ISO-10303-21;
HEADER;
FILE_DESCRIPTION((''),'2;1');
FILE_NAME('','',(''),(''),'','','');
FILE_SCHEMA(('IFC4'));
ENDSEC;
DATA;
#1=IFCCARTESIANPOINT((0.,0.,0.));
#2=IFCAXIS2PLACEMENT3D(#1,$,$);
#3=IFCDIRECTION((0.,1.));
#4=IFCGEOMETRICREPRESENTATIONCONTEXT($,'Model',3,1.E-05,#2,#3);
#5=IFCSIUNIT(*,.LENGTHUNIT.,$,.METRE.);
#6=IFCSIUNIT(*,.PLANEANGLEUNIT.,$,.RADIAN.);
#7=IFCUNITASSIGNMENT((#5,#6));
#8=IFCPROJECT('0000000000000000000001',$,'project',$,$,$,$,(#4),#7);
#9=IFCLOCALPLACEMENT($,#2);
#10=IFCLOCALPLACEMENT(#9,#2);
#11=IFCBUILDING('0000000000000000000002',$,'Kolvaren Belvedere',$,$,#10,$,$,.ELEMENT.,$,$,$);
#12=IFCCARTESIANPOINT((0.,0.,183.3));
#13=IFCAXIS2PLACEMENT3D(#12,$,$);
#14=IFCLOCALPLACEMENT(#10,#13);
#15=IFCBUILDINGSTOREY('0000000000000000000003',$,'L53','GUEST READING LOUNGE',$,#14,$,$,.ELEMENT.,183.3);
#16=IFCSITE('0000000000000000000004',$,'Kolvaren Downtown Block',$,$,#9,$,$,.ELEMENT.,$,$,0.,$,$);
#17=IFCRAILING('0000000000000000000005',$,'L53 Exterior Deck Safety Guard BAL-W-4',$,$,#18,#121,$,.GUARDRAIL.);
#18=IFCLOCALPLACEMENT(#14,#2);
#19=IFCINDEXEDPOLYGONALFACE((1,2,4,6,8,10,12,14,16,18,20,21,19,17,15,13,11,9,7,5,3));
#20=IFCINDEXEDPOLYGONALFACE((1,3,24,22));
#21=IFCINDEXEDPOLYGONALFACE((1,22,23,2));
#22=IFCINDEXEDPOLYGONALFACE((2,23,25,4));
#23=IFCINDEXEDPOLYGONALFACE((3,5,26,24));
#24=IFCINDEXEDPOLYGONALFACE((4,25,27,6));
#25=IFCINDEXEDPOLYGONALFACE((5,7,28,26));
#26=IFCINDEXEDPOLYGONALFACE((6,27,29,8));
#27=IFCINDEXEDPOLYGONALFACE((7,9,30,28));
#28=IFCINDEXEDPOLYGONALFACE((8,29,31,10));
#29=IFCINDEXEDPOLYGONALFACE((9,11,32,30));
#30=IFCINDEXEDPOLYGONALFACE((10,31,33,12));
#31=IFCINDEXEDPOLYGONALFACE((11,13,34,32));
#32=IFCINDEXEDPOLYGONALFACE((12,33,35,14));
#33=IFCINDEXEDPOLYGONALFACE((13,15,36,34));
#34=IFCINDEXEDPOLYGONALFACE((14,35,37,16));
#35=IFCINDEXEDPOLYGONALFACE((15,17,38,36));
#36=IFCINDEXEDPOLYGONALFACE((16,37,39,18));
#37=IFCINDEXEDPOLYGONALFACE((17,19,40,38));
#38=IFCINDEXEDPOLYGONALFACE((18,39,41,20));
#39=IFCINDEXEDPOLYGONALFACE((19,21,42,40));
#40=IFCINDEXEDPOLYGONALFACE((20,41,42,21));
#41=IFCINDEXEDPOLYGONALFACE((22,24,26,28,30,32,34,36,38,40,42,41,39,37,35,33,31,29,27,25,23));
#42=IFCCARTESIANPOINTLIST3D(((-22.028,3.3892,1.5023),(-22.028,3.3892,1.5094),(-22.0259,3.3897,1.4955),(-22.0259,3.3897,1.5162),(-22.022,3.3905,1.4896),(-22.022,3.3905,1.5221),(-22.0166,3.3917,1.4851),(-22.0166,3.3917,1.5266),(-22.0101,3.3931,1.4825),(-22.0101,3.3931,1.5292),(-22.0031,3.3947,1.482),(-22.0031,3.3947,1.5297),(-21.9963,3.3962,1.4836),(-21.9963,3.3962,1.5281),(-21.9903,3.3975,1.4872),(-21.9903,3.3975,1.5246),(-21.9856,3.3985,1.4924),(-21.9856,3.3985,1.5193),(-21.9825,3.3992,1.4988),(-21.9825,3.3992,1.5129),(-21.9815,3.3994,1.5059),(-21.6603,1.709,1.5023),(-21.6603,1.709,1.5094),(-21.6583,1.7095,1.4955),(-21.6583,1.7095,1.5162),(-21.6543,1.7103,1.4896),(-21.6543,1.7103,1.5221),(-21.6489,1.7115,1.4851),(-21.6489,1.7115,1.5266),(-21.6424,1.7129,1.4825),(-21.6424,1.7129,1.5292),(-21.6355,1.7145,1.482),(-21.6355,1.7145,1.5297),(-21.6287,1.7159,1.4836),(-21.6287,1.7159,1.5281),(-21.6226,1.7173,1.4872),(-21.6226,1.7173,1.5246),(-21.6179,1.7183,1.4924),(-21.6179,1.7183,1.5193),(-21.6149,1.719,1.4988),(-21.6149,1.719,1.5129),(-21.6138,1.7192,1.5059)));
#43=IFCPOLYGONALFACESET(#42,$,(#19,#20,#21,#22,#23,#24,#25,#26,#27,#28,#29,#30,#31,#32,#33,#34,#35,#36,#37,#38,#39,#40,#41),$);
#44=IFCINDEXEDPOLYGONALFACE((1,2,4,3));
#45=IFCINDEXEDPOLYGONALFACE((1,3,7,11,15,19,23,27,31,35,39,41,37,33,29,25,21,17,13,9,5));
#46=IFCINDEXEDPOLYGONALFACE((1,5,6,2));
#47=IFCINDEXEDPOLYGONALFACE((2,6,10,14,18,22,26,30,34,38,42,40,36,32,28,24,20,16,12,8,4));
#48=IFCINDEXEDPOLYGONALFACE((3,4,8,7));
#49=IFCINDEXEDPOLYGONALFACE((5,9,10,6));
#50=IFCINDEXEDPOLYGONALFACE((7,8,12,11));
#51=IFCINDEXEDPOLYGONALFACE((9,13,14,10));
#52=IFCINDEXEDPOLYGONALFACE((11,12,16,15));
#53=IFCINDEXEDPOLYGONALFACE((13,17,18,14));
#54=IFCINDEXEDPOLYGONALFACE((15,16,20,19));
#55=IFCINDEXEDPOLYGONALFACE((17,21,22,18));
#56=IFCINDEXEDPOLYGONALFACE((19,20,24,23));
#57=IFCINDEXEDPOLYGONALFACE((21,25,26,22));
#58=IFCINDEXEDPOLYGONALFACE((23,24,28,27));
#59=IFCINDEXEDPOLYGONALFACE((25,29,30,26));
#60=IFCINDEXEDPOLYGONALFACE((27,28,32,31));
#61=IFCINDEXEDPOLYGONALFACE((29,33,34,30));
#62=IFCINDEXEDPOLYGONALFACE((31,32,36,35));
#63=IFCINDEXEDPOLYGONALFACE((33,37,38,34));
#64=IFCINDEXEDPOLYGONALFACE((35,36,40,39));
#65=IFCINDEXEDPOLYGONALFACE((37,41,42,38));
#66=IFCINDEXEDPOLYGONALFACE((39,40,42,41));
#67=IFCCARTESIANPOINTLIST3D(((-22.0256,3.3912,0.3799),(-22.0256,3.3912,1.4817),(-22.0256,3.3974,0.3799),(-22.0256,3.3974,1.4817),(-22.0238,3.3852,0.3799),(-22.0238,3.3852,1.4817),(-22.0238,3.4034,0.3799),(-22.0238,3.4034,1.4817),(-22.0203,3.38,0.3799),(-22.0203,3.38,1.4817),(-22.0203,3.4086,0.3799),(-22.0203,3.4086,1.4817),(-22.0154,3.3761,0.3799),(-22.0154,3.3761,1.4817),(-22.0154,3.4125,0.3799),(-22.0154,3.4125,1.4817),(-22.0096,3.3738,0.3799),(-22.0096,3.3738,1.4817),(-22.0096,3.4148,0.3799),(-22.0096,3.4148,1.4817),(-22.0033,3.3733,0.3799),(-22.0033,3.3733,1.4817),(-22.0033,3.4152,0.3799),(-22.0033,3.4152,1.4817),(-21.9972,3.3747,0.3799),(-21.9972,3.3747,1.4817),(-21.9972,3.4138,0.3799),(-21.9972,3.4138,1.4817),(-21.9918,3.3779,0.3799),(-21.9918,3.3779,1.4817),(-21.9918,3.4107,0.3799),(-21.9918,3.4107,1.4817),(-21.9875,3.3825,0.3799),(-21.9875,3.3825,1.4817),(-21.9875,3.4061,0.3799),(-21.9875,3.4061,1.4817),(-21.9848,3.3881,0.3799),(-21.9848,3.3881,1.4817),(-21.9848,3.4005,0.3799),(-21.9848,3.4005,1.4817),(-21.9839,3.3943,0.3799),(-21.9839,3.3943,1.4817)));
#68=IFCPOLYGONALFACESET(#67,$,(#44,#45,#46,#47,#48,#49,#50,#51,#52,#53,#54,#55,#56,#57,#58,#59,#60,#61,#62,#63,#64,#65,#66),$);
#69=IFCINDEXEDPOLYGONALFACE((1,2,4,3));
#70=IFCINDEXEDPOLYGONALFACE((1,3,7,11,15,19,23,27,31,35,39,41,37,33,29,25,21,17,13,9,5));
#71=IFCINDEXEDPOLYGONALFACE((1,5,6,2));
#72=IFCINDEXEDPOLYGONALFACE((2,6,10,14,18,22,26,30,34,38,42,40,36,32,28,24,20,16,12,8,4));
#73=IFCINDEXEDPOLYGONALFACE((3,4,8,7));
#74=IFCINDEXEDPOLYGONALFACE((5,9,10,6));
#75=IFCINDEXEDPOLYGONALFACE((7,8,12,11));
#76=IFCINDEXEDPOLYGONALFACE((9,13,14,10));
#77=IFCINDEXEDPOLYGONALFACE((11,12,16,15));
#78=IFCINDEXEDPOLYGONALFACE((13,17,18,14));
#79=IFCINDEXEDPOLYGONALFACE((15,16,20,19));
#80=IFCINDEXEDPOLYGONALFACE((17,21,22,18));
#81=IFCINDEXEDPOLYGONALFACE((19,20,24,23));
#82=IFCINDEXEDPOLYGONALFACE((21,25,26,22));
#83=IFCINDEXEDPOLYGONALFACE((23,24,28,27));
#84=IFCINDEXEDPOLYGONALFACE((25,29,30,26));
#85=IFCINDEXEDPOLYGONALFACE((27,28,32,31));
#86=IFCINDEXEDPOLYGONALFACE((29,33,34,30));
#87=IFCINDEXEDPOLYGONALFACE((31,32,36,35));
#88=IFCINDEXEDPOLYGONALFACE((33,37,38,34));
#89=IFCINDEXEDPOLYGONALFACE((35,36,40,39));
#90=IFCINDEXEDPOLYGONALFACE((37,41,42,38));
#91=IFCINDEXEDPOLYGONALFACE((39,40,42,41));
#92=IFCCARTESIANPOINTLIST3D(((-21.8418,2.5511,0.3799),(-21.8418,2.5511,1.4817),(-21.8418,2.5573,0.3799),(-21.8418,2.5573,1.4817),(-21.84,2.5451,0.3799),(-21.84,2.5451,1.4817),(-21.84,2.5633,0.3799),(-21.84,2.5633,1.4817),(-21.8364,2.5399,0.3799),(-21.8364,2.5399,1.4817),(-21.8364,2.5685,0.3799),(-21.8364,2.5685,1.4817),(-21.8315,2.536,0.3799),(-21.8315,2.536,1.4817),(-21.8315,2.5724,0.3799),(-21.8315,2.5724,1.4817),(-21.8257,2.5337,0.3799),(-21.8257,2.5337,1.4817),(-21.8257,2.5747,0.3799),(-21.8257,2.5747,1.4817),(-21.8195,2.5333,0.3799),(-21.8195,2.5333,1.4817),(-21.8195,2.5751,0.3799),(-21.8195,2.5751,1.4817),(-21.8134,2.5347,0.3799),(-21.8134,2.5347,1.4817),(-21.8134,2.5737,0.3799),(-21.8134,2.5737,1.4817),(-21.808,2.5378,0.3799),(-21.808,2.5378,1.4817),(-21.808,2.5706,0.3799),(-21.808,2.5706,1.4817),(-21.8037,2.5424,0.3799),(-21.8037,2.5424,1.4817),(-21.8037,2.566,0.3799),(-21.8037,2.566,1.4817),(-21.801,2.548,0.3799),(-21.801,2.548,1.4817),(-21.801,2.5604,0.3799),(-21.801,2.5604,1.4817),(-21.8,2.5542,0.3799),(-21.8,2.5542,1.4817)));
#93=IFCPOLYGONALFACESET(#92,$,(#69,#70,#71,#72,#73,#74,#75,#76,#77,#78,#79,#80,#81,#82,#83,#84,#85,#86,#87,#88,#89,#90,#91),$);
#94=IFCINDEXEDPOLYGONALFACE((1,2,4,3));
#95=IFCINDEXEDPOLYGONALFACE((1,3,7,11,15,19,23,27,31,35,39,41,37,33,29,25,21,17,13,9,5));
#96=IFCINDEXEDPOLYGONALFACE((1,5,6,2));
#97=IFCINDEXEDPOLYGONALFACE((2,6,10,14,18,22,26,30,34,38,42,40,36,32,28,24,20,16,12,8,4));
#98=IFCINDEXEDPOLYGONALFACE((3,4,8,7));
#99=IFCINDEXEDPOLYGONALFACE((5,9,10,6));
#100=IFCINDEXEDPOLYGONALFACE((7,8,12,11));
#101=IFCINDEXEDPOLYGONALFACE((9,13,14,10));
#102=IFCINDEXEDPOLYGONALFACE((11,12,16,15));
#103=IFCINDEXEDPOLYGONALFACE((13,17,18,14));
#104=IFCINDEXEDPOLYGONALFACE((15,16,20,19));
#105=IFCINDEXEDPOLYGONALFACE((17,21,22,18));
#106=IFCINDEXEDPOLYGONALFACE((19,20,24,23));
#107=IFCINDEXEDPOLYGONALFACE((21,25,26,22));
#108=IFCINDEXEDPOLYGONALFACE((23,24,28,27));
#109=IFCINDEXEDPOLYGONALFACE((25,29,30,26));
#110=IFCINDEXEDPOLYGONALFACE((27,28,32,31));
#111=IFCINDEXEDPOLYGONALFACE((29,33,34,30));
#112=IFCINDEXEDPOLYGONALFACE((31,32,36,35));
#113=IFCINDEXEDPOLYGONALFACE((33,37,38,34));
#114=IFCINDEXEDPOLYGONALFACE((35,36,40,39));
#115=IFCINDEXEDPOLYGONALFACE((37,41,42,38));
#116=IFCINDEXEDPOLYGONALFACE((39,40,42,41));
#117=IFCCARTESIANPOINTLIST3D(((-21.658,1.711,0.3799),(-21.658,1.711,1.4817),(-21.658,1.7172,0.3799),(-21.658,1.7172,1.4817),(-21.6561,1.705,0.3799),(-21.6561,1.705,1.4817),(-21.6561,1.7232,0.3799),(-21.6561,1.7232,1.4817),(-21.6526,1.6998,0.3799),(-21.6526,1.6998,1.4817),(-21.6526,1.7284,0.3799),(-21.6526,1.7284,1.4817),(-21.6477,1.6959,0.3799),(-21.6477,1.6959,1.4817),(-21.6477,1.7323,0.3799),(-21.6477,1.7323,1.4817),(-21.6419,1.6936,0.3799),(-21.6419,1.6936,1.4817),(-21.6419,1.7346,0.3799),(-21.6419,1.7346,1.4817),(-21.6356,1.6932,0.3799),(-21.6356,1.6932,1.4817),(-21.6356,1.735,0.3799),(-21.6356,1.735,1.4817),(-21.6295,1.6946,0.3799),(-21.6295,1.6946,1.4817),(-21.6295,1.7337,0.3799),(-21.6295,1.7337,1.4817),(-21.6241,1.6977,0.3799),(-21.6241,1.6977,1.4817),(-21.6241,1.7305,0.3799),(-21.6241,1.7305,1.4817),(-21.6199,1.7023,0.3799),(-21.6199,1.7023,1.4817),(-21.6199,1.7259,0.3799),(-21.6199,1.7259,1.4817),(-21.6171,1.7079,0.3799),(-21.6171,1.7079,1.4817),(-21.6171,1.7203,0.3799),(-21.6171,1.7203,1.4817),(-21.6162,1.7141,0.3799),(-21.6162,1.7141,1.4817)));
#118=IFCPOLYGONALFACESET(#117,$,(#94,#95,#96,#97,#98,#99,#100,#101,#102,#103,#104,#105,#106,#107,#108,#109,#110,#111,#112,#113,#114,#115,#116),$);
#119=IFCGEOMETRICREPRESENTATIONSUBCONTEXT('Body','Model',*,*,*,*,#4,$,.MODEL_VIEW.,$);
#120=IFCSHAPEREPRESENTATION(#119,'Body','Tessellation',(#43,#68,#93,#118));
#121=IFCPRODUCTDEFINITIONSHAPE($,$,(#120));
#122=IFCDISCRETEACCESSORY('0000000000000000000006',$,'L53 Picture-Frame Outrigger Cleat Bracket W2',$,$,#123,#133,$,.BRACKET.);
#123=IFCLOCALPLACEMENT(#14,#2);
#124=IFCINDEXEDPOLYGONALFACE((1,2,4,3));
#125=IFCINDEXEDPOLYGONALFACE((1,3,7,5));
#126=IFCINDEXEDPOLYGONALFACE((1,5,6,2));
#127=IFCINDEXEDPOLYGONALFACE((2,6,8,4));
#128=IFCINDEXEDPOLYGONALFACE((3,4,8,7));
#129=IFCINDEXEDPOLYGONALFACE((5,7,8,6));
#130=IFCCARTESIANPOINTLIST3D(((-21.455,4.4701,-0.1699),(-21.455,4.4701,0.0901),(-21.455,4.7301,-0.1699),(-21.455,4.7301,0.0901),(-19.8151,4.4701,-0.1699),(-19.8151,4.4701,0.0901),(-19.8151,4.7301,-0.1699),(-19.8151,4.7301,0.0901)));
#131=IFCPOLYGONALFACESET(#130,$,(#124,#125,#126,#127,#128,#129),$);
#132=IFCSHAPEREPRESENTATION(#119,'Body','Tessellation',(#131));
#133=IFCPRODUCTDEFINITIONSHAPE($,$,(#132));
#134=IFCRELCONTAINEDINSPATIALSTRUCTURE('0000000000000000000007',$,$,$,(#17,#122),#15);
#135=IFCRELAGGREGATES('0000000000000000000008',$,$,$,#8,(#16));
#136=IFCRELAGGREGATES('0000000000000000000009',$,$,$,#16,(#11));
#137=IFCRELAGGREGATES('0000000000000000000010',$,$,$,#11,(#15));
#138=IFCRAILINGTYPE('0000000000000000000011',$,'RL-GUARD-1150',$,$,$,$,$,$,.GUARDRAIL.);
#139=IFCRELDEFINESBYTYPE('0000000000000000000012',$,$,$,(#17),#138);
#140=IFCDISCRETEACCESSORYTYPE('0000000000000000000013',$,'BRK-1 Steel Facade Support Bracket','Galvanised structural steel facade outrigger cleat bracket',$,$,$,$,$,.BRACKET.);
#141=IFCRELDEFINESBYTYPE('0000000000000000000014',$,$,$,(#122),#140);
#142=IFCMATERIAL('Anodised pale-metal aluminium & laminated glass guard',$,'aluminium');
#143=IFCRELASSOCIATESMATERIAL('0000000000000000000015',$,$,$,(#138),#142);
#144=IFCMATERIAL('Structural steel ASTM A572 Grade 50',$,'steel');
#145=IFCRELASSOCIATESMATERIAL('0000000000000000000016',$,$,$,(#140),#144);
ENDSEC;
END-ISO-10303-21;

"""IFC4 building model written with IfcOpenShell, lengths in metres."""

from ifc_helpers import new_model, si_unit, direction, frame, origin, origin_2d, place, context, subcontext, project, spatial, rectangle, circle, extrude, material, type_object, element, save


model = new_model("IFC4")

# Units and contexts
model_context = context("Model", 3, precision=1e-05, world=origin(), true_north=direction((0.0, 1.0)))
body_context = subcontext(model_context, "Body", "Model", "MODEL_VIEW")
ifc_project = project(units=[si_unit("LENGTHUNIT", "METRE"), si_unit("PLANEANGLEUNIT", "RADIAN")], contexts=[model_context])

# Site, building, storey
site_placement = place(None, origin())
site = spatial("IfcSite", under=ifc_project, at=site_placement, Name="Kolvaren Downtown Block", CompositionType="ELEMENT", RefElevation=0.0)
building_placement = place(site_placement, origin())
building = spatial("IfcBuilding", under=site, at=building_placement, Name="Kolvaren Belvedere", CompositionType="ELEMENT")
storey_placement = place(building_placement, frame((0.0, 0.0, 183.3)))
storey = spatial("IfcBuildingStorey", under=building, at=storey_placement, Name="L53", Description="GUEST READING LOUNGE", CompositionType="ELEMENT", Elevation=183.3)

# Railing
ifc_material_1 = material(Name="Anodised pale-metal aluminium & laminated glass guard", Category="aluminium")
railing_type = type_object("IfcRailingType", Name="RL-GUARD-1150", PredefinedType="GUARDRAIL", material=ifc_material_1)
railing_1_placement = place(storey_placement, frame((-22.0049, 3.3943, 0.3799)))
element("IfcRailing", 1, at=railing_1_placement, inside=storey, type_object=railing_type, Name="L53 Exterior Deck Safety Guard BAL-W-4", PredefinedType="GUARDRAIL", context=body_context, shape_type="SweptSolid", body=[
    extrude(circle(Radius=0.0239, at=origin_2d()), frame((0.0, 0.0, 1.126), z_axis=(0.213773, -0.976883, 0.0), x_axis=(0.976883, 0.213773, 0.0)), (0.0, 0.0, 1.0), 1.72),
    extrude(circle(Radius=0.021, at=origin_2d()), origin(), (0.0, 0.0, 1.0), 1.1018),
    extrude(circle(Radius=0.021, at=origin_2d()), frame((0.1838, -0.8401, 0.0)), (0.0, 0.0, 1.0), 1.1018),
    extrude(circle(Radius=0.021, at=origin_2d()), frame((0.3677, -1.6802, 0.0)), (0.0, 0.0, 1.0), 1.1018),
])

# Discrete accessory
ifc_material_2 = material(Name="Structural steel ASTM A572 Grade 50", Category="steel")
discrete_accessory_type = type_object("IfcDiscreteAccessoryType", Name="BRK-1 Steel Facade Support Bracket", Description="Galvanised structural steel facade outrigger cleat bracket", PredefinedType="BRACKET", material=ifc_material_2)
discrete_accessory_placement = place(storey_placement, frame((-20.635, 4.6001, -0.1699), z_axis=(0.0, 0.0, 1.0), x_axis=(1.0, 0.0, 0.0)))
element("IfcDiscreteAccessory", 2, at=discrete_accessory_placement, inside=storey, type_object=discrete_accessory_type, Name="L53 Picture-Frame Outrigger Cleat Bracket W2", PredefinedType="BRACKET", context=body_context, shape_type="SweptSolid", body=[
    extrude(rectangle(XDim=1.6399, YDim=0.26, at=origin_2d()), origin(), (0.0, 0.0, 1.0), 0.26),
])

save(model, "model.ifc")
